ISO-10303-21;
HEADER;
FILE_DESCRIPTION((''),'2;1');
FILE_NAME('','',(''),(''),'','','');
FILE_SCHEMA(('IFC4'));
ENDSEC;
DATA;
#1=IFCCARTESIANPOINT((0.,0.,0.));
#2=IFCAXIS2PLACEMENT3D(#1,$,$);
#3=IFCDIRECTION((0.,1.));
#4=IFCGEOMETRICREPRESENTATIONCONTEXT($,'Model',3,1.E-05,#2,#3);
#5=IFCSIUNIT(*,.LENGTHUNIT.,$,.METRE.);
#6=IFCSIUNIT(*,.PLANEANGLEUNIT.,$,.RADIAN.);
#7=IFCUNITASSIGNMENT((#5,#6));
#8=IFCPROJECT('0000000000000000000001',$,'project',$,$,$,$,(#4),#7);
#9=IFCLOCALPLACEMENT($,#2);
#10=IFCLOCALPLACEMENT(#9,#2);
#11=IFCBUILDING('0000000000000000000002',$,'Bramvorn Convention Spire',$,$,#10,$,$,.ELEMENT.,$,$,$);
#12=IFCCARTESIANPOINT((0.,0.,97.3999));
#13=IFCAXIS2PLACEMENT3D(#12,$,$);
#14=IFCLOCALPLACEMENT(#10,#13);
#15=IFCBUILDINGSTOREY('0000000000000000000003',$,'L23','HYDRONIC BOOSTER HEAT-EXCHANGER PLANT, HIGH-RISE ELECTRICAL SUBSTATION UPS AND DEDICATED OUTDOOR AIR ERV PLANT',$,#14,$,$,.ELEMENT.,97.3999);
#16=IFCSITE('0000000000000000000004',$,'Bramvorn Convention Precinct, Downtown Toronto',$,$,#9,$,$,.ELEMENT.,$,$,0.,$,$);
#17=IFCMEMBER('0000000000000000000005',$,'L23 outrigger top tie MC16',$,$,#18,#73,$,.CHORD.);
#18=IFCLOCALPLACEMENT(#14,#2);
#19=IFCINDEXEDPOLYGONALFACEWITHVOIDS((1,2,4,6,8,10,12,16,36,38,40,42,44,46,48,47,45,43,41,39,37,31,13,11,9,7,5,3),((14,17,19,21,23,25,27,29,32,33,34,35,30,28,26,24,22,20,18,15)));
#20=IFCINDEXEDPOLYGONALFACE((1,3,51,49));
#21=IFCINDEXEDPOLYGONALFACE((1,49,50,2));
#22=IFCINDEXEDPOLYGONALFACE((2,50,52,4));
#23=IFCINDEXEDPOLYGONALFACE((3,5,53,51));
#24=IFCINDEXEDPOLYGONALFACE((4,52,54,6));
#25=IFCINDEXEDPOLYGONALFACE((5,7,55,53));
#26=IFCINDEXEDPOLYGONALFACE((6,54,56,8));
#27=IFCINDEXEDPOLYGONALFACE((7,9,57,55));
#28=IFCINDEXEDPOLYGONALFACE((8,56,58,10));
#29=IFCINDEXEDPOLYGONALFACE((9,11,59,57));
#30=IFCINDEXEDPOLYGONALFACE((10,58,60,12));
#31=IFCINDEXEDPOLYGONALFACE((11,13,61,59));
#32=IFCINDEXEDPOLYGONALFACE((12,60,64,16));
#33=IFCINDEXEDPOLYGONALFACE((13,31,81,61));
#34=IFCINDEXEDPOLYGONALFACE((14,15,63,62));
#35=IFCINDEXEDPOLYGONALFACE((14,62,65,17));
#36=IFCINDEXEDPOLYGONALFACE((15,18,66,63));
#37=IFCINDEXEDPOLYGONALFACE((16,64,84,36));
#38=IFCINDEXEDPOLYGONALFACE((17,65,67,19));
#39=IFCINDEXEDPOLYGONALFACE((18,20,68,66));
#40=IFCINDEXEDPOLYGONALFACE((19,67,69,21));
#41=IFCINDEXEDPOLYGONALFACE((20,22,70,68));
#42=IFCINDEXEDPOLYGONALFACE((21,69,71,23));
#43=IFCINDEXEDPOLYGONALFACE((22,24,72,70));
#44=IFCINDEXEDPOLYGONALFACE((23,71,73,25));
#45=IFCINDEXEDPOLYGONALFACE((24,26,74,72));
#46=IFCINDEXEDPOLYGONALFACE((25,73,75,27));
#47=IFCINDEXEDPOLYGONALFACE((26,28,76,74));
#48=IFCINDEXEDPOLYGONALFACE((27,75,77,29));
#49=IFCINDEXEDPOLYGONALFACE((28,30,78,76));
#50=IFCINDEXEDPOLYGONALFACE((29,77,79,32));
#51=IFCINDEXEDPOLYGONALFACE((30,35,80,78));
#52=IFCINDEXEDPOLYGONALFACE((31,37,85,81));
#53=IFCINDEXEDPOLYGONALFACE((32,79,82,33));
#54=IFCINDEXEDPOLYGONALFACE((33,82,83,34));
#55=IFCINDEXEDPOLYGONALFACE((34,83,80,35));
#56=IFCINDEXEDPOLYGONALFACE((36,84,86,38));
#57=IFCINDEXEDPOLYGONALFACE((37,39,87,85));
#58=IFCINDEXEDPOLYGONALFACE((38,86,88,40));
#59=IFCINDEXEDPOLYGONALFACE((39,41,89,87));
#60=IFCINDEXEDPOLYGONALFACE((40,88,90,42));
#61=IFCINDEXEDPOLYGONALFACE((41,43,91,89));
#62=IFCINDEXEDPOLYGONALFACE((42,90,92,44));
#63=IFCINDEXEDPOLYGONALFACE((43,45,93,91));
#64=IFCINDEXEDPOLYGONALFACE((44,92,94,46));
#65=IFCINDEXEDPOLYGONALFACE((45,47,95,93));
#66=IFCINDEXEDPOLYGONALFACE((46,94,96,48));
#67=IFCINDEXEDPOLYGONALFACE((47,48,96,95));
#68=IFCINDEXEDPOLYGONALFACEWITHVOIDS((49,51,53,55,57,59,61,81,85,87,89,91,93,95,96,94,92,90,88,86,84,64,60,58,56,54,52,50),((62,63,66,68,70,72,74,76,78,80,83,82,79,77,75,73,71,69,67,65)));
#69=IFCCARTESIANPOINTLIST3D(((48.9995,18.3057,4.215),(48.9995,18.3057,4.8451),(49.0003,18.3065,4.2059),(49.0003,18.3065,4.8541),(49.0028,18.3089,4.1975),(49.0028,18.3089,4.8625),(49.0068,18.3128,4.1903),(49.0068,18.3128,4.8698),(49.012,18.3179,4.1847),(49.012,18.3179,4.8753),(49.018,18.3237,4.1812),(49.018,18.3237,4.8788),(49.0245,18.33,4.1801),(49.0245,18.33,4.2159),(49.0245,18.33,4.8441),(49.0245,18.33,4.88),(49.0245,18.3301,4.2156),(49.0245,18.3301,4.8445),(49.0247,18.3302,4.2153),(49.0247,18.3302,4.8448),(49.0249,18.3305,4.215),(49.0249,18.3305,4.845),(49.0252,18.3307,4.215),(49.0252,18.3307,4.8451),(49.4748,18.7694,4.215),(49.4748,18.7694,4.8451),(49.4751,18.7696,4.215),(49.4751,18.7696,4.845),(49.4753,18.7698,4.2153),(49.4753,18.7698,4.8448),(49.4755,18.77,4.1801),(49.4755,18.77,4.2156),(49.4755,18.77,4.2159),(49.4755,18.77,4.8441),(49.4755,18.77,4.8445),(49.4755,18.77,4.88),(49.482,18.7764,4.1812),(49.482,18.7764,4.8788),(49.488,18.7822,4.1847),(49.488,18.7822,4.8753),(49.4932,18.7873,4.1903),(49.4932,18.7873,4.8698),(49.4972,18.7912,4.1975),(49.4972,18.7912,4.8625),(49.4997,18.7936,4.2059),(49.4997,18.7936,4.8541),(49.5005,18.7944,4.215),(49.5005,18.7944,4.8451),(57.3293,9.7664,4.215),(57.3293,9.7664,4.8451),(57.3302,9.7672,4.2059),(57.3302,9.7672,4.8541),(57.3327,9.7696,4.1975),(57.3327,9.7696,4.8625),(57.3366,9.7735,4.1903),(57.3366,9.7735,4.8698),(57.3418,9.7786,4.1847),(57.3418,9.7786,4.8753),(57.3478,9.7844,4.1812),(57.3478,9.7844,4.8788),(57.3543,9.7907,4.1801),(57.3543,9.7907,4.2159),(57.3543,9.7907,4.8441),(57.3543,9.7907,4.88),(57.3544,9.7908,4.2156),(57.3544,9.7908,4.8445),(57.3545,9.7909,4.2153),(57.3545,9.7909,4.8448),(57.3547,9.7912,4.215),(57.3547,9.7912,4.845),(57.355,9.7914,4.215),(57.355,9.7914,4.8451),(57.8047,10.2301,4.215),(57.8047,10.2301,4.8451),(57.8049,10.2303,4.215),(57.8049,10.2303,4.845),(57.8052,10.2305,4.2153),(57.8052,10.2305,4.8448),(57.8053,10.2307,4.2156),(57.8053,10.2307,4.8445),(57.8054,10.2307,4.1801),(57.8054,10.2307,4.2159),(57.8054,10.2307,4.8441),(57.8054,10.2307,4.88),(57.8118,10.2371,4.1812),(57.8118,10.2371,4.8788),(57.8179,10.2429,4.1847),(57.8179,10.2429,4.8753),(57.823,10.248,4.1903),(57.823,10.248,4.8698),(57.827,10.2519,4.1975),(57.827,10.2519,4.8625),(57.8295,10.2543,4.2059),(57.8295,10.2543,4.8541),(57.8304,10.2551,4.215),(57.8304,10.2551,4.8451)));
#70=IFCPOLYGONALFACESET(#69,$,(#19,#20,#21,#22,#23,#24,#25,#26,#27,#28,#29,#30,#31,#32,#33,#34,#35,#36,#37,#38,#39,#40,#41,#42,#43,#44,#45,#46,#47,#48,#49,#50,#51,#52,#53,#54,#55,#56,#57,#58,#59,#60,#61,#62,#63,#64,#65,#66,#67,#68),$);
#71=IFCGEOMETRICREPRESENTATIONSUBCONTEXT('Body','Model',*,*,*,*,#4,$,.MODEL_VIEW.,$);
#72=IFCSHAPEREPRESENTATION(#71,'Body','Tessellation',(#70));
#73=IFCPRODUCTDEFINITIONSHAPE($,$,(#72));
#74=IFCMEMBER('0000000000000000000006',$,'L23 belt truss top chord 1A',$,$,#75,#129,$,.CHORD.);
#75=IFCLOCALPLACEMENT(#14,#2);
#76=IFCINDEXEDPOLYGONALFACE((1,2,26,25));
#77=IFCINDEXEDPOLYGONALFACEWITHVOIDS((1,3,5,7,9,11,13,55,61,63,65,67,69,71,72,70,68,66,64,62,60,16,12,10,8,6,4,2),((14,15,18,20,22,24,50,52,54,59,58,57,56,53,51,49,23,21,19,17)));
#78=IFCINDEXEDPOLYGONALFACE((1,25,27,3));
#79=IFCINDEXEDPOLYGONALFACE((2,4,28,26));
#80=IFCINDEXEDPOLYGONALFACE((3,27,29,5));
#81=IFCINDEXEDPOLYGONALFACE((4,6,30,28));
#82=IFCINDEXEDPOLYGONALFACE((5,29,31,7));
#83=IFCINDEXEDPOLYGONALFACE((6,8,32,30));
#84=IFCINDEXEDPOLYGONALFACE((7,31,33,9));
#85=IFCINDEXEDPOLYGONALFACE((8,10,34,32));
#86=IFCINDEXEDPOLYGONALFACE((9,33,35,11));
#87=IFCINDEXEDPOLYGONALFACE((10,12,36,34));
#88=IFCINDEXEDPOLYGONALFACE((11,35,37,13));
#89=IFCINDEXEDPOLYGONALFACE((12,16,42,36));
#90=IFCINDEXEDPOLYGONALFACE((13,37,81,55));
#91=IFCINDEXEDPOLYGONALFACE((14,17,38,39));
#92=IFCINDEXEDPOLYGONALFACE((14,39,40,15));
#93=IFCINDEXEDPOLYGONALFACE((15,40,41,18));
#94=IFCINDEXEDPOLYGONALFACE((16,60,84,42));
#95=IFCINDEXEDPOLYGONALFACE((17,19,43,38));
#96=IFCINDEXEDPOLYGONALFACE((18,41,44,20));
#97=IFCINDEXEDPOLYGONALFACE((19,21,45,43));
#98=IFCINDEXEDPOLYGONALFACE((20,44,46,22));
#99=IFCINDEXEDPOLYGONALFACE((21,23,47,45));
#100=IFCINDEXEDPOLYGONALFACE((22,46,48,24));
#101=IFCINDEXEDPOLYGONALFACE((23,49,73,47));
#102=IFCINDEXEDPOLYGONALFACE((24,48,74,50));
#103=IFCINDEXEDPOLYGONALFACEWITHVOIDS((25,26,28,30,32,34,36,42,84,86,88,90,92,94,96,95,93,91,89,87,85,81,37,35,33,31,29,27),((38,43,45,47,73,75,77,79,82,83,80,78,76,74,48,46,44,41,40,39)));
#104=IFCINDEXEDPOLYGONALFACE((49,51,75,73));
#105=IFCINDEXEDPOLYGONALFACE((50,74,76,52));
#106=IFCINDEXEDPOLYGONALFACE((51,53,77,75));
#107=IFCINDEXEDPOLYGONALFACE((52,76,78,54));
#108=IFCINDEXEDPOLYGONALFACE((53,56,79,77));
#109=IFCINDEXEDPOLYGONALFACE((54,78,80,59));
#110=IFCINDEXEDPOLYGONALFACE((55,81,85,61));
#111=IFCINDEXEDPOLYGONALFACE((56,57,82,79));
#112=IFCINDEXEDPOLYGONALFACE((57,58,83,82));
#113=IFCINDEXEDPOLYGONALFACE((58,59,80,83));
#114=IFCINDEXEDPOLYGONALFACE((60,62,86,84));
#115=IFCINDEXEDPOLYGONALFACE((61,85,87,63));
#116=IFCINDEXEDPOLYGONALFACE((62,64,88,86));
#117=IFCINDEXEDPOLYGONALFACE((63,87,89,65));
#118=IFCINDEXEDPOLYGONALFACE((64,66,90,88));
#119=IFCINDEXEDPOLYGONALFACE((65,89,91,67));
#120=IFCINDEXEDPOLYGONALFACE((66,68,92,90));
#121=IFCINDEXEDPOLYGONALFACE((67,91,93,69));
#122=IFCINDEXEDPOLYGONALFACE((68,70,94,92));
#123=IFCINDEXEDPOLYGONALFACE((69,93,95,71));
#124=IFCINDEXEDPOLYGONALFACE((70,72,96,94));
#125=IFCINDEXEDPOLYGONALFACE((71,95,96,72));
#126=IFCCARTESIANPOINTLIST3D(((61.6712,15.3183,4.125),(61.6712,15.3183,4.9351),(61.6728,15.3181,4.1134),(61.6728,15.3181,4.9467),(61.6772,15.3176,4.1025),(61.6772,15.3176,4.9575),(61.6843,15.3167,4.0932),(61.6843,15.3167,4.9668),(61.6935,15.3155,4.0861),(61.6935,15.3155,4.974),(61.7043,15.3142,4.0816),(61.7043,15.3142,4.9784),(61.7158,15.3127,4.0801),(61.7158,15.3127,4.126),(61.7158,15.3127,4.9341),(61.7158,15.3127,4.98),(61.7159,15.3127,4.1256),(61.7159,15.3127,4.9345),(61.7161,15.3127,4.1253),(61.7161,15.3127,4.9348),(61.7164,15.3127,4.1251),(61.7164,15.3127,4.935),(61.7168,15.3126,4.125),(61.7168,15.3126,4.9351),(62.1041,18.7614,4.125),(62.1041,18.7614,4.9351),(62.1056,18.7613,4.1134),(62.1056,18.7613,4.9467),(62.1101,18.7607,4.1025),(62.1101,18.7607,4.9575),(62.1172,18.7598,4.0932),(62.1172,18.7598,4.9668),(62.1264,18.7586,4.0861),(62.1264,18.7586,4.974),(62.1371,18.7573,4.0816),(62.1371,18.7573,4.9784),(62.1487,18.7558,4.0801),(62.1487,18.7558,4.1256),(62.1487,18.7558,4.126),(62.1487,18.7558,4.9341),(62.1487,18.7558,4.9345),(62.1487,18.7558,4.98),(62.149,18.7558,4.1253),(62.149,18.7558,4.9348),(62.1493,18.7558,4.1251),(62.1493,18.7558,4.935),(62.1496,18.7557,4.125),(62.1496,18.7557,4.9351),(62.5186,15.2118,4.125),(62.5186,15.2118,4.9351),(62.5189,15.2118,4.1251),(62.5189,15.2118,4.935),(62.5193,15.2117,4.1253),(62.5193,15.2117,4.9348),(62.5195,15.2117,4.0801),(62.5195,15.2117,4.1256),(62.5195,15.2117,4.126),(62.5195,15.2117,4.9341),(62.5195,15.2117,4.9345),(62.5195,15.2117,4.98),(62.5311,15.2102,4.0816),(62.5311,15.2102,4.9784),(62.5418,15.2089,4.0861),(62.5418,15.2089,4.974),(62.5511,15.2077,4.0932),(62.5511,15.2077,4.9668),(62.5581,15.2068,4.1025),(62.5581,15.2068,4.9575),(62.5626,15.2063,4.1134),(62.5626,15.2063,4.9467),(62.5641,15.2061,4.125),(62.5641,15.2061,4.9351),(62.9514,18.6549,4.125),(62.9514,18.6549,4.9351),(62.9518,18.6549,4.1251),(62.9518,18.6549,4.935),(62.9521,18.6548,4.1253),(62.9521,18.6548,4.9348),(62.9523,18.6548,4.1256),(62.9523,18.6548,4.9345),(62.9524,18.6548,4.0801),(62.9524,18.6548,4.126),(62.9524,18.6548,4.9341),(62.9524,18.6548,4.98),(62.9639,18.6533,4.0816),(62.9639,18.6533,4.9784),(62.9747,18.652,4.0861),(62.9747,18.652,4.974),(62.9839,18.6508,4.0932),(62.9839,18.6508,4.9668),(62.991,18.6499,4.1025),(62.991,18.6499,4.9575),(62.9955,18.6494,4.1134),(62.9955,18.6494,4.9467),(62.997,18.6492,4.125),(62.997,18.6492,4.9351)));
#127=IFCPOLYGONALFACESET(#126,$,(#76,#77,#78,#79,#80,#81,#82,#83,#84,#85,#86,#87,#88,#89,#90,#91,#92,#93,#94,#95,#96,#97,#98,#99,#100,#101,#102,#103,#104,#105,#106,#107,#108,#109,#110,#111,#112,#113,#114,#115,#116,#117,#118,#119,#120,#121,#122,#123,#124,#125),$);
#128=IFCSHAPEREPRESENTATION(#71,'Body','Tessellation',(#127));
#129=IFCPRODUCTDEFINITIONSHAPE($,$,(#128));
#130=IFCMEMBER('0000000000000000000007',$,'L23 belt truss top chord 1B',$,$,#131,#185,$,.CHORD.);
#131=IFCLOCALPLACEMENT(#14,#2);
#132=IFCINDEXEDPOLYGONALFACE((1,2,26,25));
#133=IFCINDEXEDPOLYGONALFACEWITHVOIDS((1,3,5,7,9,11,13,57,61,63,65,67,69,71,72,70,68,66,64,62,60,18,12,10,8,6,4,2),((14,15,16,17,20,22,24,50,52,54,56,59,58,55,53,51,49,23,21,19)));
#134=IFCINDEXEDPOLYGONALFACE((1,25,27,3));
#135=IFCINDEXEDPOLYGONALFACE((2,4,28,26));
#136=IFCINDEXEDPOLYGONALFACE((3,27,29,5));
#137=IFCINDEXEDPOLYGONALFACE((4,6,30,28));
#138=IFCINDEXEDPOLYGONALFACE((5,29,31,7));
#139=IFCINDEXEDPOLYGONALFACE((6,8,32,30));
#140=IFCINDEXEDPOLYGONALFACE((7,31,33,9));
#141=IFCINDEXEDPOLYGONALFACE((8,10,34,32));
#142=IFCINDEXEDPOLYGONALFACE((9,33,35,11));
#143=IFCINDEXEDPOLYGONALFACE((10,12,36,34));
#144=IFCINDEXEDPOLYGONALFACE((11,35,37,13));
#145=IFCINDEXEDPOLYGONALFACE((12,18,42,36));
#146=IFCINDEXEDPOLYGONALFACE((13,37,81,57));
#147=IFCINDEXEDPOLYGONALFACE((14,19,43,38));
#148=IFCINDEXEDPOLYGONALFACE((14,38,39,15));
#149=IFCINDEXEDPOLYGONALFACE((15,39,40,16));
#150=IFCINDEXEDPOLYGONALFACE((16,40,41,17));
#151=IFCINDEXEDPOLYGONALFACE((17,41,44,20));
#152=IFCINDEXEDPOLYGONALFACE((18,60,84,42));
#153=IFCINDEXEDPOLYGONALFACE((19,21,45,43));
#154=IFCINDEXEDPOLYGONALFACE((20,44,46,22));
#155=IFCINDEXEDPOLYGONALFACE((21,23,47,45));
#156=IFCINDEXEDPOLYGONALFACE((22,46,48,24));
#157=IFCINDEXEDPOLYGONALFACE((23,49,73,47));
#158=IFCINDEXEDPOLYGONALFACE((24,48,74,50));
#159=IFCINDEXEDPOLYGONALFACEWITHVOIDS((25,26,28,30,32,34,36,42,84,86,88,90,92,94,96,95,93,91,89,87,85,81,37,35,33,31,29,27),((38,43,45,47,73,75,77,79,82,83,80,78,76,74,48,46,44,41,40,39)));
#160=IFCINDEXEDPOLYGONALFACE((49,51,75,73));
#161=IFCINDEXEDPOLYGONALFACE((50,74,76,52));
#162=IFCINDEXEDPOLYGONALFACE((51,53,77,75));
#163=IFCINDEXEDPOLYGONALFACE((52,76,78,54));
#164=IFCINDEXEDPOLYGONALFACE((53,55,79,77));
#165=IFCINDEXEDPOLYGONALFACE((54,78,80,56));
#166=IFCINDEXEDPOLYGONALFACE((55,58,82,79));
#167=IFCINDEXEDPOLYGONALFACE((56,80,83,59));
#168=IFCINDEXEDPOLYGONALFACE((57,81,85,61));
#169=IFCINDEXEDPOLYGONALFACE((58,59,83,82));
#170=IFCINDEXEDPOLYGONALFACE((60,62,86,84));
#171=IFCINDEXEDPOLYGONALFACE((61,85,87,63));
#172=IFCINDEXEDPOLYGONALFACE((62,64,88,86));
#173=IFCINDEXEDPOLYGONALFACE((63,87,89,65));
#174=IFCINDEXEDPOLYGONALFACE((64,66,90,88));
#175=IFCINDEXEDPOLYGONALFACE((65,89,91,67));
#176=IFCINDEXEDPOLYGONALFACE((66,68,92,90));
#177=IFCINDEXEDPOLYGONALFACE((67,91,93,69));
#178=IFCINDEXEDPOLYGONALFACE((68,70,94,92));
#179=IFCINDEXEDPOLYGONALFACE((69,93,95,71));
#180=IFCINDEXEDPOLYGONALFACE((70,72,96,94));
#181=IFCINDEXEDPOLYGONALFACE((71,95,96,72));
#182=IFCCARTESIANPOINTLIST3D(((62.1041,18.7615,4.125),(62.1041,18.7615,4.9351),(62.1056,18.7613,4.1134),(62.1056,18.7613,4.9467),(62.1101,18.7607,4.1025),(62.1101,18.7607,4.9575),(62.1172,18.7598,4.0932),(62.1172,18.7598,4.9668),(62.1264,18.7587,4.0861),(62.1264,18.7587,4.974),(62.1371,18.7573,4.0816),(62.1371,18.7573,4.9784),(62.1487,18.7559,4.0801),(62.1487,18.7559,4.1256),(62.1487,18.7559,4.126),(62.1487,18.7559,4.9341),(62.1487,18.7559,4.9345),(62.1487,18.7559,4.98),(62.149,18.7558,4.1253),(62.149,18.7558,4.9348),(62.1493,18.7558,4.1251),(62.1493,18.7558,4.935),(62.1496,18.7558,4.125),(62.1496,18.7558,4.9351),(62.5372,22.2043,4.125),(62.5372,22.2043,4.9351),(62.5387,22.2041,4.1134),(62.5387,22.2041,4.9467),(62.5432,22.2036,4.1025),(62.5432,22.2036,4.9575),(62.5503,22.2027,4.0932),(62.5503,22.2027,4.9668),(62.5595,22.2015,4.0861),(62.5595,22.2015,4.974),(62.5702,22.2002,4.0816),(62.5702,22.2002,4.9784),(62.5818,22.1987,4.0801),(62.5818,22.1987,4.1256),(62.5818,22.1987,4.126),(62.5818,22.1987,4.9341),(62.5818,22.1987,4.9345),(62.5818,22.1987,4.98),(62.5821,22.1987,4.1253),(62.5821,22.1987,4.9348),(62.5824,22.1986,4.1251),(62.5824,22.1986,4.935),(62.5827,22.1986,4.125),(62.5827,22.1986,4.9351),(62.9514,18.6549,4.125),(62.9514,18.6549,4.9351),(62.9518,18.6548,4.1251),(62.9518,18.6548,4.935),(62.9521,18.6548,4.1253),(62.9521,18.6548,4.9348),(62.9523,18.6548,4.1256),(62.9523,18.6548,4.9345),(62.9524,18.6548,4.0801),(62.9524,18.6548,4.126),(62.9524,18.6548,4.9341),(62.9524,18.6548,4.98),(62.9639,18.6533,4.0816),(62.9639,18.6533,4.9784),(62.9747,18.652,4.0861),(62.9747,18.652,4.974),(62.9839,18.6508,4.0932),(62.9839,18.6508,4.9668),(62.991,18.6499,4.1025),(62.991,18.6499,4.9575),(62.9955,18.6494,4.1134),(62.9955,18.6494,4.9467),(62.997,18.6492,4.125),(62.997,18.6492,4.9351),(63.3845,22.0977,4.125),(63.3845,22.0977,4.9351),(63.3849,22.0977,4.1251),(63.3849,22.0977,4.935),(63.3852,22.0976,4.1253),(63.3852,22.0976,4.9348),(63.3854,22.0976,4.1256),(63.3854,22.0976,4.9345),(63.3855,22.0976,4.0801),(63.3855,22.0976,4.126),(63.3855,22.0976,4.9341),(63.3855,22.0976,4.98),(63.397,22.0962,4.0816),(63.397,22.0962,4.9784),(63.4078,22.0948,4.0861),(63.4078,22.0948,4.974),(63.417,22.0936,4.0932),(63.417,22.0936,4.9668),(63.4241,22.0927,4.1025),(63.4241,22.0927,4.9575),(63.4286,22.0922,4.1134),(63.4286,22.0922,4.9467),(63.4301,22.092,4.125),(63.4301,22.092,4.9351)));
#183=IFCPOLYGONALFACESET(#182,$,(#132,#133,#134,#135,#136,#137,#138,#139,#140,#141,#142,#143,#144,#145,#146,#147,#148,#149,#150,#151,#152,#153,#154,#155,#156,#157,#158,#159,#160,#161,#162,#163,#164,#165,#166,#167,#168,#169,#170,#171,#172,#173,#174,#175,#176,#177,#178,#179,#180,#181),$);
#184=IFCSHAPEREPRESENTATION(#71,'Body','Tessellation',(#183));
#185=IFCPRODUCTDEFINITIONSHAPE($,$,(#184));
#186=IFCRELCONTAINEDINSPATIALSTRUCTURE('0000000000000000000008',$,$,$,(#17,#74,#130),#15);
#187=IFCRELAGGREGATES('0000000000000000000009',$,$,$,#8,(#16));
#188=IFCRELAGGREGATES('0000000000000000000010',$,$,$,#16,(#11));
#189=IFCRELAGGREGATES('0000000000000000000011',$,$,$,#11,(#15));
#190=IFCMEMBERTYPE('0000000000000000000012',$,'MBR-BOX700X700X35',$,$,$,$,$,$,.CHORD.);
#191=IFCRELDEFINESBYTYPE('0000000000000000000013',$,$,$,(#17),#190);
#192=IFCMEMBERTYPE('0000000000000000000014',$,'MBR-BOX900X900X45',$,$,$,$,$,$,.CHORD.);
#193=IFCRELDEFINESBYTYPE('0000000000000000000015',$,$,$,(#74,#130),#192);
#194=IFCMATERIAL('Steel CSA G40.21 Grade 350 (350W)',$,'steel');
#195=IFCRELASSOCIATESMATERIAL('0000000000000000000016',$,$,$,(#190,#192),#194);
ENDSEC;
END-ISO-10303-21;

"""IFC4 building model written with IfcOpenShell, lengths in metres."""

from ifc_helpers import new_model, si_unit, direction, frame, origin, origin_2d, place, context, subcontext, project, spatial, hollow_rectangle, extrude, material, material_profile, profile_set, type_object, element, save


model = new_model("IFC4")

# Units and contexts
model_context = context("Model", 3, precision=1e-05, world=origin(), true_north=direction((0.0, 1.0)))
body_context = subcontext(model_context, "Body", "Model", "MODEL_VIEW")
ifc_project = project(units=[si_unit("LENGTHUNIT", "METRE"), si_unit("PLANEANGLEUNIT", "RADIAN")], contexts=[model_context])

# Site, building, storey
site_placement = place(None, origin())
site = spatial("IfcSite", under=ifc_project, at=site_placement, Name="Bramvorn Convention Precinct, Downtown Toronto", CompositionType="ELEMENT", RefElevation=0.0)
building_placement = place(site_placement, origin())
building = spatial("IfcBuilding", under=site, at=building_placement, Name="Bramvorn Convention Spire", CompositionType="ELEMENT")
storey_placement = place(building_placement, frame((0.0, 0.0, 97.3999)))
storey = spatial("IfcBuildingStorey", under=building, at=storey_placement, Name="L23", Description="HYDRONIC BOOSTER HEAT-EXCHANGER PLANT, HIGH-RISE ELECTRICAL SUBSTATION UPS AND DEDICATED OUTDOOR AIR ERV PLANT", CompositionType="ELEMENT", Elevation=97.3999)

# Shared definitions
ifc_material_1 = material(Name="Steel CSA G40.21 Grade 350 (350W)", Category="steel")

# Members
ifc_material_profile_1 = material_profile(ifc_material_1, hollow_rectangle(XDim=0.7, YDim=0.7, WallThickness=0.0349, InnerFilletRadius=0.001, OuterFilletRadius=0.0349, at=origin_2d()))
ifc_profile_set_1 = profile_set([ifc_material_profile_1], Name="Steel CSA G40.21 Grade 350 (350W) - BOX700X700X35")
member_type_1 = type_object("IfcMemberType", Name="MBR-BOX700X700X35", PredefinedType="CHORD", material=ifc_profile_set_1)
member_1_placement = place(storey_placement, frame((49.25, 18.55, 4.53), z_axis=(0.698272, -0.715832, 0.0), x_axis=(0.715832, 0.698272, 0.0)))
element("IfcMember", 1, at=member_1_placement, inside=storey, type_object=member_type_1, Name="L23 outrigger top tie MC16", PredefinedType="CHORD", context=body_context, shape_type="SweptSolid", body=[
    extrude(hollow_rectangle(XDim=0.7, YDim=0.7, WallThickness=0.0349, InnerFilletRadius=0.001, OuterFilletRadius=0.0349, at=origin_2d()), origin(), (0.0, 0.0, 1.0), 11.9292),
])
ifc_material_profile_2 = material_profile(ifc_material_1, hollow_rectangle(XDim=0.8999, YDim=0.8999, WallThickness=0.0449, InnerFilletRadius=0.001, OuterFilletRadius=0.0449, at=origin_2d()))
ifc_profile_set_2 = profile_set([ifc_material_profile_2], Name="Steel CSA G40.21 Grade 350 (350W) - BOX900X900X45")
member_type_2 = type_object("IfcMemberType", Name="MBR-BOX900X900X45", PredefinedType="CHORD", material=ifc_profile_set_2)
member_2_placement = place(storey_placement, frame((62.1177, 15.2622, 4.53), z_axis=(0.124736, 0.99219, 0.0), x_axis=(-0.99219, 0.124736, 0.0)))
element("IfcMember", 2, at=member_2_placement, inside=storey, type_object=member_type_2, Name="L23 belt truss top chord 1A", PredefinedType="CHORD", context=body_context, shape_type="SweptSolid", body=[
    extrude(hollow_rectangle(XDim=0.8999, YDim=0.8999, WallThickness=0.0449, InnerFilletRadius=0.001, OuterFilletRadius=0.0449, at=origin_2d()), origin(), (0.0, 0.0, 1.0), 3.4702),
])
member_3_placement = place(storey_placement, frame((62.5505, 18.7053, 4.53), z_axis=(0.124814, 0.99218, 0.0), x_axis=(-0.99218, 0.124814, 0.0)))
element("IfcMember", 3, at=member_3_placement, inside=storey, type_object=member_type_2, Name="L23 belt truss top chord 1B", PredefinedType="CHORD", context=body_context, shape_type="SweptSolid", body=[
    extrude(hollow_rectangle(XDim=0.8999, YDim=0.8999, WallThickness=0.0449, InnerFilletRadius=0.001, OuterFilletRadius=0.0449, at=origin_2d()), origin(), (0.0, 0.0, 1.0), 3.47),
])

save(model, "model.ifc")
